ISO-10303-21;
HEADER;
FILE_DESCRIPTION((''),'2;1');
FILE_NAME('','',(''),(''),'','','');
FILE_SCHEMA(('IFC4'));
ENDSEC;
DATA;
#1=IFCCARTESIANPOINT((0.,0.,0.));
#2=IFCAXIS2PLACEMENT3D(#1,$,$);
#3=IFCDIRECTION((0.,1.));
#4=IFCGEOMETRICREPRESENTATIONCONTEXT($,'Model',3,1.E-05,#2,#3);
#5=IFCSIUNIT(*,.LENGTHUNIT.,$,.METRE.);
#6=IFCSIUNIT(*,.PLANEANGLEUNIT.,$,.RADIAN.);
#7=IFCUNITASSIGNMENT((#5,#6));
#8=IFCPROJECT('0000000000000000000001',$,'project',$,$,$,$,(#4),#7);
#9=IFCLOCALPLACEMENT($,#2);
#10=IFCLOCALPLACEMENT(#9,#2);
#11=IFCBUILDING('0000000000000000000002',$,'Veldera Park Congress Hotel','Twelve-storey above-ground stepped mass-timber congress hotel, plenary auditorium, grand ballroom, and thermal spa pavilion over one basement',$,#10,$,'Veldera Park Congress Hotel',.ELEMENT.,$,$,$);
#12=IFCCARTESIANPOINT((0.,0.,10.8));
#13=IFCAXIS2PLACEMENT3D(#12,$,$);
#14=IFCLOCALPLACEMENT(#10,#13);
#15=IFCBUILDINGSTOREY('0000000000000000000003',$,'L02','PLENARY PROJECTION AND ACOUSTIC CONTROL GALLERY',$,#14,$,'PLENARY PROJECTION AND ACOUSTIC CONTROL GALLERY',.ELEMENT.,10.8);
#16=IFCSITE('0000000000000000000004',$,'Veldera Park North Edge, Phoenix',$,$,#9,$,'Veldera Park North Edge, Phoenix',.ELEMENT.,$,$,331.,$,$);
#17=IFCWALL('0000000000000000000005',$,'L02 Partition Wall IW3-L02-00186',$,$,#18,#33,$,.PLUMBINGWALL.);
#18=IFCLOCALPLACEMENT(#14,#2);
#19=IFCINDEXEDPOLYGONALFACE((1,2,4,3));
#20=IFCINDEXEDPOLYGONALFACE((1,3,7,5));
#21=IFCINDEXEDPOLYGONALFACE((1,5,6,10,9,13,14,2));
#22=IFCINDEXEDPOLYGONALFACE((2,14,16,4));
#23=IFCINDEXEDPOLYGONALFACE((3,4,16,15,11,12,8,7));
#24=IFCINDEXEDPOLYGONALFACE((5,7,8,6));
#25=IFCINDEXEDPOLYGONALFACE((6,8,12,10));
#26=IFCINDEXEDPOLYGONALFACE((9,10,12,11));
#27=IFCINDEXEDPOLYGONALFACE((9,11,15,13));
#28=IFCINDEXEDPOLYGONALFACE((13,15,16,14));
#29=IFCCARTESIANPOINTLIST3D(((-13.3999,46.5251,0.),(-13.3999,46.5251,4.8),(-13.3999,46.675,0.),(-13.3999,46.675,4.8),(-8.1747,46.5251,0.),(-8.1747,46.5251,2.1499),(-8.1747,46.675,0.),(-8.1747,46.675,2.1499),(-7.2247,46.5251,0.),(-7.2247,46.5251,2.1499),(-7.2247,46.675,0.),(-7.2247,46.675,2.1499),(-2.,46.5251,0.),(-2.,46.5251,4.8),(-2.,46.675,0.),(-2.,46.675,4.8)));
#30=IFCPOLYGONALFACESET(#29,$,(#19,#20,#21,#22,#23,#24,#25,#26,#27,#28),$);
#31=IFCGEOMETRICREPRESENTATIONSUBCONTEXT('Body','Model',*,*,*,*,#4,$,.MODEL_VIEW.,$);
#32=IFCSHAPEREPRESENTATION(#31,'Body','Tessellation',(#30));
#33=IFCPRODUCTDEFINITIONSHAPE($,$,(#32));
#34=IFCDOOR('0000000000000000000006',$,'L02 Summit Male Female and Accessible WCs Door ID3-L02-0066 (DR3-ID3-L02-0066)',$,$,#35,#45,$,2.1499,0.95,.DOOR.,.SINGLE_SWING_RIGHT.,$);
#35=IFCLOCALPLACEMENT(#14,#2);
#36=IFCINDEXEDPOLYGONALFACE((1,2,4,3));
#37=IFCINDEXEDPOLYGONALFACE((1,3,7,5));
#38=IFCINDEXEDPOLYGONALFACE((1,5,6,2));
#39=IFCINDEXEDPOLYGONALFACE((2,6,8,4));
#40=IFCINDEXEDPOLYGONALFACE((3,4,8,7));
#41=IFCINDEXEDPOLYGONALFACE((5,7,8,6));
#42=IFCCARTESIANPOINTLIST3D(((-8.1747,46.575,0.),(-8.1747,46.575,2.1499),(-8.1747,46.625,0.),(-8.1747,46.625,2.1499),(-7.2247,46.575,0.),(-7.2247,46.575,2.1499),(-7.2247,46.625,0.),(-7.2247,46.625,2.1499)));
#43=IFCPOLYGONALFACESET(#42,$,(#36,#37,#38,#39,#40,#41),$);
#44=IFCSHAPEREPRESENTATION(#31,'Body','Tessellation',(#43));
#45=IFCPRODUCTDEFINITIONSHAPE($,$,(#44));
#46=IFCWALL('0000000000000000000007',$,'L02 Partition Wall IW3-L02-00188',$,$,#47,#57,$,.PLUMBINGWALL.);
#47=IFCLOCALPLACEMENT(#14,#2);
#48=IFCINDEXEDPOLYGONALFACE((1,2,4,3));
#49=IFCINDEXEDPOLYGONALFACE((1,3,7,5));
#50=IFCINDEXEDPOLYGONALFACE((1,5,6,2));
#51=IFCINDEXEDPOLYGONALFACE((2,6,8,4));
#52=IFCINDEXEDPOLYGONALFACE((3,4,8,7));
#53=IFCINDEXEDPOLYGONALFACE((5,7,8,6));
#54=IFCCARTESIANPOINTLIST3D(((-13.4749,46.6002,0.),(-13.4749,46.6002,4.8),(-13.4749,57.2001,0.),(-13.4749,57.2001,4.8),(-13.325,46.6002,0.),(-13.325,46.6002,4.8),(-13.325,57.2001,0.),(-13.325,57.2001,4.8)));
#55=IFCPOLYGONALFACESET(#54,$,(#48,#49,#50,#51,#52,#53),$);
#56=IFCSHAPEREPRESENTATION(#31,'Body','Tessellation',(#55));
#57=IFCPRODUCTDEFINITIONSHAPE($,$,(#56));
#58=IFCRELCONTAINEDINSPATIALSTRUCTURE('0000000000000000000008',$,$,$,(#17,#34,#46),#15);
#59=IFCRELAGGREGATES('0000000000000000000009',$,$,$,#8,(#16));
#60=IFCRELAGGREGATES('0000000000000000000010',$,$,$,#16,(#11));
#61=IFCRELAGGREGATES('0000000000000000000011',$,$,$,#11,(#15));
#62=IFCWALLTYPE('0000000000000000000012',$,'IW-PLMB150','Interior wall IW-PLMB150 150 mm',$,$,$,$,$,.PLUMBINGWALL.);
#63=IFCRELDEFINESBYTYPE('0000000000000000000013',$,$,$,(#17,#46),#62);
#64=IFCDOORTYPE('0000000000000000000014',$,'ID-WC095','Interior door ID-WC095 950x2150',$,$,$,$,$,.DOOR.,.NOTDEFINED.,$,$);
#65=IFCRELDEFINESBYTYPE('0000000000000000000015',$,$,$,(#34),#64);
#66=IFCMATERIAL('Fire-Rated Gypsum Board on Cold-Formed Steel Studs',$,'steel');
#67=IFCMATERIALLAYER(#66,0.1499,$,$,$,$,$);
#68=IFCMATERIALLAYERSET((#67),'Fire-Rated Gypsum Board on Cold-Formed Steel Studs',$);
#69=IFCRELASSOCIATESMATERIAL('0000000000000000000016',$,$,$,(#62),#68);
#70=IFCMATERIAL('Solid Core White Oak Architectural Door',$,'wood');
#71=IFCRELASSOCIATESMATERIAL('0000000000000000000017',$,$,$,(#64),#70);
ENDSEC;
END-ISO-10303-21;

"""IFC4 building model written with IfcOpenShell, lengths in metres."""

from ifc_helpers import new_model, si_unit, direction, frame, frame_2d, origin, place, context, subcontext, project, spatial, rectangle, extrude, material, layer, layer_set, type_object, element, fill, save


model = new_model("IFC4")

# Units and contexts
model_context = context("Model", 3, precision=1e-05, world=origin(), true_north=direction((0.0, 1.0)))
body_context = subcontext(model_context, "Body", "Model", "MODEL_VIEW")
ifc_project = project(units=[si_unit("LENGTHUNIT", "METRE"), si_unit("PLANEANGLEUNIT", "RADIAN")], contexts=[model_context])

# Site, building, storey
site_placement = place(None, origin())
site = spatial("IfcSite", under=ifc_project, at=site_placement, Name="Veldera Park North Edge, Phoenix", LongName="Veldera Park North Edge, Phoenix", CompositionType="ELEMENT", RefElevation=331.0)
building_placement = place(site_placement, origin())
building = spatial("IfcBuilding", under=site, at=building_placement, Name="Veldera Park Congress Hotel", Description="Twelve-storey above-ground stepped mass-timber congress hotel, plenary auditorium, grand ballroom, and thermal spa pavilion over one basement", LongName="Veldera Park Congress Hotel", CompositionType="ELEMENT")
storey_placement = place(building_placement, frame((0.0, 0.0, 10.8)))
storey = spatial("IfcBuildingStorey", under=building, at=storey_placement, Name="L02", Description="PLENARY PROJECTION AND ACOUSTIC CONTROL GALLERY", LongName="PLENARY PROJECTION AND ACOUSTIC CONTROL GALLERY", CompositionType="ELEMENT", Elevation=10.8)

# Shared definitions
ifc_material_1 = material(Name="Fire-Rated Gypsum Board on Cold-Formed Steel Studs", Category="steel")

# Wall, opening, door
ifc_layer_1 = layer(ifc_material_1, 0.1499)
ifc_layer_set_1 = layer_set([ifc_layer_1], Name="Fire-Rated Gypsum Board on Cold-Formed Steel Studs")
wall_type_1 = type_object("IfcWallType", Name="IW-PLMB150", Description="Interior wall IW-PLMB150 150 mm", PredefinedType="PLUMBINGWALL", material=ifc_layer_set_1)
wall_1_placement = place(storey_placement, frame((-13.3999, 46.6001, 0.0), z_axis=(0.0, 0.0, 1.0), x_axis=(1.0, 0.0, 0.0)))
wall_1 = element("IfcWall", 1, at=wall_1_placement, inside=storey, type_object=wall_type_1, Name="L02 Partition Wall IW3-L02-00186", PredefinedType="PLUMBINGWALL", context=body_context, shape_type="SweptSolid", body=[
    extrude(rectangle(XDim=11.3999, YDim=0.1499, at=frame_2d((5.7, 0.0))), origin(), (0.0, 0.0, 1.0), 4.8),
])
opening_1_placement = place(wall_1_placement, frame((5.2251, 0.0, 0.0)))
opening_1 = element("IfcOpeningElement", 2, at=opening_1_placement, cuts=wall_1, PredefinedType="OPENING", context=body_context, shape_type="SweptSolid", body=[
    extrude(rectangle(XDim=0.95, YDim=2.1499, at=frame_2d((0.4751, 1.075))), frame((0.0, 0.0869, 0.0), z_axis=(0.0, -1.0, 0.0), x_axis=(1.0, 0.0, 0.0)), (0.0, 0.0, 1.0), 0.1738),
])
ifc_material_2 = material(Name="Solid Core White Oak Architectural Door", Category="wood")
door_type = type_object("IfcDoorType", Name="ID-WC095", Description="Interior door ID-WC095 950x2150", OperationType="NOTDEFINED", PredefinedType="DOOR", material=ifc_material_2)
door_placement = place(opening_1_placement, origin())
door = element("IfcDoor", 3, at=door_placement, inside=storey, type_object=door_type, Name="L02 Summit Male Female and Accessible WCs Door ID3-L02-0066 (DR3-ID3-L02-0066)", OperationType="SINGLE_SWING_RIGHT", OverallHeight=2.1499, OverallWidth=0.95, PredefinedType="DOOR", context=body_context, shape_type="SweptSolid", body=[
    extrude(rectangle(XDim=0.95, YDim=2.1499, at=frame_2d((0.4751, 1.075))), frame((0.0, 0.0249, 0.0), z_axis=(0.0, -1.0, 0.0), x_axis=(1.0, 0.0, 0.0)), (0.0, 0.0, 1.0), 0.05),
])
fill(opening_1, door)

# Wall
wall_2_placement = place(storey_placement, frame((-13.3999, 57.2, 0.0), z_axis=(0.0, 0.0, 1.0), x_axis=(0.0, -1.0, 0.0)))
element("IfcWall", 4, at=wall_2_placement, inside=storey, type_object=wall_type_1, Name="L02 Partition Wall IW3-L02-00188", PredefinedType="PLUMBINGWALL", context=body_context, shape_type="SweptSolid", body=[
    extrude(rectangle(XDim=10.5999, YDim=0.1499, at=frame_2d((5.2998, 0.0))), origin(), (0.0, 0.0, 1.0), 4.8),
])

save(model, "model.ifc")
